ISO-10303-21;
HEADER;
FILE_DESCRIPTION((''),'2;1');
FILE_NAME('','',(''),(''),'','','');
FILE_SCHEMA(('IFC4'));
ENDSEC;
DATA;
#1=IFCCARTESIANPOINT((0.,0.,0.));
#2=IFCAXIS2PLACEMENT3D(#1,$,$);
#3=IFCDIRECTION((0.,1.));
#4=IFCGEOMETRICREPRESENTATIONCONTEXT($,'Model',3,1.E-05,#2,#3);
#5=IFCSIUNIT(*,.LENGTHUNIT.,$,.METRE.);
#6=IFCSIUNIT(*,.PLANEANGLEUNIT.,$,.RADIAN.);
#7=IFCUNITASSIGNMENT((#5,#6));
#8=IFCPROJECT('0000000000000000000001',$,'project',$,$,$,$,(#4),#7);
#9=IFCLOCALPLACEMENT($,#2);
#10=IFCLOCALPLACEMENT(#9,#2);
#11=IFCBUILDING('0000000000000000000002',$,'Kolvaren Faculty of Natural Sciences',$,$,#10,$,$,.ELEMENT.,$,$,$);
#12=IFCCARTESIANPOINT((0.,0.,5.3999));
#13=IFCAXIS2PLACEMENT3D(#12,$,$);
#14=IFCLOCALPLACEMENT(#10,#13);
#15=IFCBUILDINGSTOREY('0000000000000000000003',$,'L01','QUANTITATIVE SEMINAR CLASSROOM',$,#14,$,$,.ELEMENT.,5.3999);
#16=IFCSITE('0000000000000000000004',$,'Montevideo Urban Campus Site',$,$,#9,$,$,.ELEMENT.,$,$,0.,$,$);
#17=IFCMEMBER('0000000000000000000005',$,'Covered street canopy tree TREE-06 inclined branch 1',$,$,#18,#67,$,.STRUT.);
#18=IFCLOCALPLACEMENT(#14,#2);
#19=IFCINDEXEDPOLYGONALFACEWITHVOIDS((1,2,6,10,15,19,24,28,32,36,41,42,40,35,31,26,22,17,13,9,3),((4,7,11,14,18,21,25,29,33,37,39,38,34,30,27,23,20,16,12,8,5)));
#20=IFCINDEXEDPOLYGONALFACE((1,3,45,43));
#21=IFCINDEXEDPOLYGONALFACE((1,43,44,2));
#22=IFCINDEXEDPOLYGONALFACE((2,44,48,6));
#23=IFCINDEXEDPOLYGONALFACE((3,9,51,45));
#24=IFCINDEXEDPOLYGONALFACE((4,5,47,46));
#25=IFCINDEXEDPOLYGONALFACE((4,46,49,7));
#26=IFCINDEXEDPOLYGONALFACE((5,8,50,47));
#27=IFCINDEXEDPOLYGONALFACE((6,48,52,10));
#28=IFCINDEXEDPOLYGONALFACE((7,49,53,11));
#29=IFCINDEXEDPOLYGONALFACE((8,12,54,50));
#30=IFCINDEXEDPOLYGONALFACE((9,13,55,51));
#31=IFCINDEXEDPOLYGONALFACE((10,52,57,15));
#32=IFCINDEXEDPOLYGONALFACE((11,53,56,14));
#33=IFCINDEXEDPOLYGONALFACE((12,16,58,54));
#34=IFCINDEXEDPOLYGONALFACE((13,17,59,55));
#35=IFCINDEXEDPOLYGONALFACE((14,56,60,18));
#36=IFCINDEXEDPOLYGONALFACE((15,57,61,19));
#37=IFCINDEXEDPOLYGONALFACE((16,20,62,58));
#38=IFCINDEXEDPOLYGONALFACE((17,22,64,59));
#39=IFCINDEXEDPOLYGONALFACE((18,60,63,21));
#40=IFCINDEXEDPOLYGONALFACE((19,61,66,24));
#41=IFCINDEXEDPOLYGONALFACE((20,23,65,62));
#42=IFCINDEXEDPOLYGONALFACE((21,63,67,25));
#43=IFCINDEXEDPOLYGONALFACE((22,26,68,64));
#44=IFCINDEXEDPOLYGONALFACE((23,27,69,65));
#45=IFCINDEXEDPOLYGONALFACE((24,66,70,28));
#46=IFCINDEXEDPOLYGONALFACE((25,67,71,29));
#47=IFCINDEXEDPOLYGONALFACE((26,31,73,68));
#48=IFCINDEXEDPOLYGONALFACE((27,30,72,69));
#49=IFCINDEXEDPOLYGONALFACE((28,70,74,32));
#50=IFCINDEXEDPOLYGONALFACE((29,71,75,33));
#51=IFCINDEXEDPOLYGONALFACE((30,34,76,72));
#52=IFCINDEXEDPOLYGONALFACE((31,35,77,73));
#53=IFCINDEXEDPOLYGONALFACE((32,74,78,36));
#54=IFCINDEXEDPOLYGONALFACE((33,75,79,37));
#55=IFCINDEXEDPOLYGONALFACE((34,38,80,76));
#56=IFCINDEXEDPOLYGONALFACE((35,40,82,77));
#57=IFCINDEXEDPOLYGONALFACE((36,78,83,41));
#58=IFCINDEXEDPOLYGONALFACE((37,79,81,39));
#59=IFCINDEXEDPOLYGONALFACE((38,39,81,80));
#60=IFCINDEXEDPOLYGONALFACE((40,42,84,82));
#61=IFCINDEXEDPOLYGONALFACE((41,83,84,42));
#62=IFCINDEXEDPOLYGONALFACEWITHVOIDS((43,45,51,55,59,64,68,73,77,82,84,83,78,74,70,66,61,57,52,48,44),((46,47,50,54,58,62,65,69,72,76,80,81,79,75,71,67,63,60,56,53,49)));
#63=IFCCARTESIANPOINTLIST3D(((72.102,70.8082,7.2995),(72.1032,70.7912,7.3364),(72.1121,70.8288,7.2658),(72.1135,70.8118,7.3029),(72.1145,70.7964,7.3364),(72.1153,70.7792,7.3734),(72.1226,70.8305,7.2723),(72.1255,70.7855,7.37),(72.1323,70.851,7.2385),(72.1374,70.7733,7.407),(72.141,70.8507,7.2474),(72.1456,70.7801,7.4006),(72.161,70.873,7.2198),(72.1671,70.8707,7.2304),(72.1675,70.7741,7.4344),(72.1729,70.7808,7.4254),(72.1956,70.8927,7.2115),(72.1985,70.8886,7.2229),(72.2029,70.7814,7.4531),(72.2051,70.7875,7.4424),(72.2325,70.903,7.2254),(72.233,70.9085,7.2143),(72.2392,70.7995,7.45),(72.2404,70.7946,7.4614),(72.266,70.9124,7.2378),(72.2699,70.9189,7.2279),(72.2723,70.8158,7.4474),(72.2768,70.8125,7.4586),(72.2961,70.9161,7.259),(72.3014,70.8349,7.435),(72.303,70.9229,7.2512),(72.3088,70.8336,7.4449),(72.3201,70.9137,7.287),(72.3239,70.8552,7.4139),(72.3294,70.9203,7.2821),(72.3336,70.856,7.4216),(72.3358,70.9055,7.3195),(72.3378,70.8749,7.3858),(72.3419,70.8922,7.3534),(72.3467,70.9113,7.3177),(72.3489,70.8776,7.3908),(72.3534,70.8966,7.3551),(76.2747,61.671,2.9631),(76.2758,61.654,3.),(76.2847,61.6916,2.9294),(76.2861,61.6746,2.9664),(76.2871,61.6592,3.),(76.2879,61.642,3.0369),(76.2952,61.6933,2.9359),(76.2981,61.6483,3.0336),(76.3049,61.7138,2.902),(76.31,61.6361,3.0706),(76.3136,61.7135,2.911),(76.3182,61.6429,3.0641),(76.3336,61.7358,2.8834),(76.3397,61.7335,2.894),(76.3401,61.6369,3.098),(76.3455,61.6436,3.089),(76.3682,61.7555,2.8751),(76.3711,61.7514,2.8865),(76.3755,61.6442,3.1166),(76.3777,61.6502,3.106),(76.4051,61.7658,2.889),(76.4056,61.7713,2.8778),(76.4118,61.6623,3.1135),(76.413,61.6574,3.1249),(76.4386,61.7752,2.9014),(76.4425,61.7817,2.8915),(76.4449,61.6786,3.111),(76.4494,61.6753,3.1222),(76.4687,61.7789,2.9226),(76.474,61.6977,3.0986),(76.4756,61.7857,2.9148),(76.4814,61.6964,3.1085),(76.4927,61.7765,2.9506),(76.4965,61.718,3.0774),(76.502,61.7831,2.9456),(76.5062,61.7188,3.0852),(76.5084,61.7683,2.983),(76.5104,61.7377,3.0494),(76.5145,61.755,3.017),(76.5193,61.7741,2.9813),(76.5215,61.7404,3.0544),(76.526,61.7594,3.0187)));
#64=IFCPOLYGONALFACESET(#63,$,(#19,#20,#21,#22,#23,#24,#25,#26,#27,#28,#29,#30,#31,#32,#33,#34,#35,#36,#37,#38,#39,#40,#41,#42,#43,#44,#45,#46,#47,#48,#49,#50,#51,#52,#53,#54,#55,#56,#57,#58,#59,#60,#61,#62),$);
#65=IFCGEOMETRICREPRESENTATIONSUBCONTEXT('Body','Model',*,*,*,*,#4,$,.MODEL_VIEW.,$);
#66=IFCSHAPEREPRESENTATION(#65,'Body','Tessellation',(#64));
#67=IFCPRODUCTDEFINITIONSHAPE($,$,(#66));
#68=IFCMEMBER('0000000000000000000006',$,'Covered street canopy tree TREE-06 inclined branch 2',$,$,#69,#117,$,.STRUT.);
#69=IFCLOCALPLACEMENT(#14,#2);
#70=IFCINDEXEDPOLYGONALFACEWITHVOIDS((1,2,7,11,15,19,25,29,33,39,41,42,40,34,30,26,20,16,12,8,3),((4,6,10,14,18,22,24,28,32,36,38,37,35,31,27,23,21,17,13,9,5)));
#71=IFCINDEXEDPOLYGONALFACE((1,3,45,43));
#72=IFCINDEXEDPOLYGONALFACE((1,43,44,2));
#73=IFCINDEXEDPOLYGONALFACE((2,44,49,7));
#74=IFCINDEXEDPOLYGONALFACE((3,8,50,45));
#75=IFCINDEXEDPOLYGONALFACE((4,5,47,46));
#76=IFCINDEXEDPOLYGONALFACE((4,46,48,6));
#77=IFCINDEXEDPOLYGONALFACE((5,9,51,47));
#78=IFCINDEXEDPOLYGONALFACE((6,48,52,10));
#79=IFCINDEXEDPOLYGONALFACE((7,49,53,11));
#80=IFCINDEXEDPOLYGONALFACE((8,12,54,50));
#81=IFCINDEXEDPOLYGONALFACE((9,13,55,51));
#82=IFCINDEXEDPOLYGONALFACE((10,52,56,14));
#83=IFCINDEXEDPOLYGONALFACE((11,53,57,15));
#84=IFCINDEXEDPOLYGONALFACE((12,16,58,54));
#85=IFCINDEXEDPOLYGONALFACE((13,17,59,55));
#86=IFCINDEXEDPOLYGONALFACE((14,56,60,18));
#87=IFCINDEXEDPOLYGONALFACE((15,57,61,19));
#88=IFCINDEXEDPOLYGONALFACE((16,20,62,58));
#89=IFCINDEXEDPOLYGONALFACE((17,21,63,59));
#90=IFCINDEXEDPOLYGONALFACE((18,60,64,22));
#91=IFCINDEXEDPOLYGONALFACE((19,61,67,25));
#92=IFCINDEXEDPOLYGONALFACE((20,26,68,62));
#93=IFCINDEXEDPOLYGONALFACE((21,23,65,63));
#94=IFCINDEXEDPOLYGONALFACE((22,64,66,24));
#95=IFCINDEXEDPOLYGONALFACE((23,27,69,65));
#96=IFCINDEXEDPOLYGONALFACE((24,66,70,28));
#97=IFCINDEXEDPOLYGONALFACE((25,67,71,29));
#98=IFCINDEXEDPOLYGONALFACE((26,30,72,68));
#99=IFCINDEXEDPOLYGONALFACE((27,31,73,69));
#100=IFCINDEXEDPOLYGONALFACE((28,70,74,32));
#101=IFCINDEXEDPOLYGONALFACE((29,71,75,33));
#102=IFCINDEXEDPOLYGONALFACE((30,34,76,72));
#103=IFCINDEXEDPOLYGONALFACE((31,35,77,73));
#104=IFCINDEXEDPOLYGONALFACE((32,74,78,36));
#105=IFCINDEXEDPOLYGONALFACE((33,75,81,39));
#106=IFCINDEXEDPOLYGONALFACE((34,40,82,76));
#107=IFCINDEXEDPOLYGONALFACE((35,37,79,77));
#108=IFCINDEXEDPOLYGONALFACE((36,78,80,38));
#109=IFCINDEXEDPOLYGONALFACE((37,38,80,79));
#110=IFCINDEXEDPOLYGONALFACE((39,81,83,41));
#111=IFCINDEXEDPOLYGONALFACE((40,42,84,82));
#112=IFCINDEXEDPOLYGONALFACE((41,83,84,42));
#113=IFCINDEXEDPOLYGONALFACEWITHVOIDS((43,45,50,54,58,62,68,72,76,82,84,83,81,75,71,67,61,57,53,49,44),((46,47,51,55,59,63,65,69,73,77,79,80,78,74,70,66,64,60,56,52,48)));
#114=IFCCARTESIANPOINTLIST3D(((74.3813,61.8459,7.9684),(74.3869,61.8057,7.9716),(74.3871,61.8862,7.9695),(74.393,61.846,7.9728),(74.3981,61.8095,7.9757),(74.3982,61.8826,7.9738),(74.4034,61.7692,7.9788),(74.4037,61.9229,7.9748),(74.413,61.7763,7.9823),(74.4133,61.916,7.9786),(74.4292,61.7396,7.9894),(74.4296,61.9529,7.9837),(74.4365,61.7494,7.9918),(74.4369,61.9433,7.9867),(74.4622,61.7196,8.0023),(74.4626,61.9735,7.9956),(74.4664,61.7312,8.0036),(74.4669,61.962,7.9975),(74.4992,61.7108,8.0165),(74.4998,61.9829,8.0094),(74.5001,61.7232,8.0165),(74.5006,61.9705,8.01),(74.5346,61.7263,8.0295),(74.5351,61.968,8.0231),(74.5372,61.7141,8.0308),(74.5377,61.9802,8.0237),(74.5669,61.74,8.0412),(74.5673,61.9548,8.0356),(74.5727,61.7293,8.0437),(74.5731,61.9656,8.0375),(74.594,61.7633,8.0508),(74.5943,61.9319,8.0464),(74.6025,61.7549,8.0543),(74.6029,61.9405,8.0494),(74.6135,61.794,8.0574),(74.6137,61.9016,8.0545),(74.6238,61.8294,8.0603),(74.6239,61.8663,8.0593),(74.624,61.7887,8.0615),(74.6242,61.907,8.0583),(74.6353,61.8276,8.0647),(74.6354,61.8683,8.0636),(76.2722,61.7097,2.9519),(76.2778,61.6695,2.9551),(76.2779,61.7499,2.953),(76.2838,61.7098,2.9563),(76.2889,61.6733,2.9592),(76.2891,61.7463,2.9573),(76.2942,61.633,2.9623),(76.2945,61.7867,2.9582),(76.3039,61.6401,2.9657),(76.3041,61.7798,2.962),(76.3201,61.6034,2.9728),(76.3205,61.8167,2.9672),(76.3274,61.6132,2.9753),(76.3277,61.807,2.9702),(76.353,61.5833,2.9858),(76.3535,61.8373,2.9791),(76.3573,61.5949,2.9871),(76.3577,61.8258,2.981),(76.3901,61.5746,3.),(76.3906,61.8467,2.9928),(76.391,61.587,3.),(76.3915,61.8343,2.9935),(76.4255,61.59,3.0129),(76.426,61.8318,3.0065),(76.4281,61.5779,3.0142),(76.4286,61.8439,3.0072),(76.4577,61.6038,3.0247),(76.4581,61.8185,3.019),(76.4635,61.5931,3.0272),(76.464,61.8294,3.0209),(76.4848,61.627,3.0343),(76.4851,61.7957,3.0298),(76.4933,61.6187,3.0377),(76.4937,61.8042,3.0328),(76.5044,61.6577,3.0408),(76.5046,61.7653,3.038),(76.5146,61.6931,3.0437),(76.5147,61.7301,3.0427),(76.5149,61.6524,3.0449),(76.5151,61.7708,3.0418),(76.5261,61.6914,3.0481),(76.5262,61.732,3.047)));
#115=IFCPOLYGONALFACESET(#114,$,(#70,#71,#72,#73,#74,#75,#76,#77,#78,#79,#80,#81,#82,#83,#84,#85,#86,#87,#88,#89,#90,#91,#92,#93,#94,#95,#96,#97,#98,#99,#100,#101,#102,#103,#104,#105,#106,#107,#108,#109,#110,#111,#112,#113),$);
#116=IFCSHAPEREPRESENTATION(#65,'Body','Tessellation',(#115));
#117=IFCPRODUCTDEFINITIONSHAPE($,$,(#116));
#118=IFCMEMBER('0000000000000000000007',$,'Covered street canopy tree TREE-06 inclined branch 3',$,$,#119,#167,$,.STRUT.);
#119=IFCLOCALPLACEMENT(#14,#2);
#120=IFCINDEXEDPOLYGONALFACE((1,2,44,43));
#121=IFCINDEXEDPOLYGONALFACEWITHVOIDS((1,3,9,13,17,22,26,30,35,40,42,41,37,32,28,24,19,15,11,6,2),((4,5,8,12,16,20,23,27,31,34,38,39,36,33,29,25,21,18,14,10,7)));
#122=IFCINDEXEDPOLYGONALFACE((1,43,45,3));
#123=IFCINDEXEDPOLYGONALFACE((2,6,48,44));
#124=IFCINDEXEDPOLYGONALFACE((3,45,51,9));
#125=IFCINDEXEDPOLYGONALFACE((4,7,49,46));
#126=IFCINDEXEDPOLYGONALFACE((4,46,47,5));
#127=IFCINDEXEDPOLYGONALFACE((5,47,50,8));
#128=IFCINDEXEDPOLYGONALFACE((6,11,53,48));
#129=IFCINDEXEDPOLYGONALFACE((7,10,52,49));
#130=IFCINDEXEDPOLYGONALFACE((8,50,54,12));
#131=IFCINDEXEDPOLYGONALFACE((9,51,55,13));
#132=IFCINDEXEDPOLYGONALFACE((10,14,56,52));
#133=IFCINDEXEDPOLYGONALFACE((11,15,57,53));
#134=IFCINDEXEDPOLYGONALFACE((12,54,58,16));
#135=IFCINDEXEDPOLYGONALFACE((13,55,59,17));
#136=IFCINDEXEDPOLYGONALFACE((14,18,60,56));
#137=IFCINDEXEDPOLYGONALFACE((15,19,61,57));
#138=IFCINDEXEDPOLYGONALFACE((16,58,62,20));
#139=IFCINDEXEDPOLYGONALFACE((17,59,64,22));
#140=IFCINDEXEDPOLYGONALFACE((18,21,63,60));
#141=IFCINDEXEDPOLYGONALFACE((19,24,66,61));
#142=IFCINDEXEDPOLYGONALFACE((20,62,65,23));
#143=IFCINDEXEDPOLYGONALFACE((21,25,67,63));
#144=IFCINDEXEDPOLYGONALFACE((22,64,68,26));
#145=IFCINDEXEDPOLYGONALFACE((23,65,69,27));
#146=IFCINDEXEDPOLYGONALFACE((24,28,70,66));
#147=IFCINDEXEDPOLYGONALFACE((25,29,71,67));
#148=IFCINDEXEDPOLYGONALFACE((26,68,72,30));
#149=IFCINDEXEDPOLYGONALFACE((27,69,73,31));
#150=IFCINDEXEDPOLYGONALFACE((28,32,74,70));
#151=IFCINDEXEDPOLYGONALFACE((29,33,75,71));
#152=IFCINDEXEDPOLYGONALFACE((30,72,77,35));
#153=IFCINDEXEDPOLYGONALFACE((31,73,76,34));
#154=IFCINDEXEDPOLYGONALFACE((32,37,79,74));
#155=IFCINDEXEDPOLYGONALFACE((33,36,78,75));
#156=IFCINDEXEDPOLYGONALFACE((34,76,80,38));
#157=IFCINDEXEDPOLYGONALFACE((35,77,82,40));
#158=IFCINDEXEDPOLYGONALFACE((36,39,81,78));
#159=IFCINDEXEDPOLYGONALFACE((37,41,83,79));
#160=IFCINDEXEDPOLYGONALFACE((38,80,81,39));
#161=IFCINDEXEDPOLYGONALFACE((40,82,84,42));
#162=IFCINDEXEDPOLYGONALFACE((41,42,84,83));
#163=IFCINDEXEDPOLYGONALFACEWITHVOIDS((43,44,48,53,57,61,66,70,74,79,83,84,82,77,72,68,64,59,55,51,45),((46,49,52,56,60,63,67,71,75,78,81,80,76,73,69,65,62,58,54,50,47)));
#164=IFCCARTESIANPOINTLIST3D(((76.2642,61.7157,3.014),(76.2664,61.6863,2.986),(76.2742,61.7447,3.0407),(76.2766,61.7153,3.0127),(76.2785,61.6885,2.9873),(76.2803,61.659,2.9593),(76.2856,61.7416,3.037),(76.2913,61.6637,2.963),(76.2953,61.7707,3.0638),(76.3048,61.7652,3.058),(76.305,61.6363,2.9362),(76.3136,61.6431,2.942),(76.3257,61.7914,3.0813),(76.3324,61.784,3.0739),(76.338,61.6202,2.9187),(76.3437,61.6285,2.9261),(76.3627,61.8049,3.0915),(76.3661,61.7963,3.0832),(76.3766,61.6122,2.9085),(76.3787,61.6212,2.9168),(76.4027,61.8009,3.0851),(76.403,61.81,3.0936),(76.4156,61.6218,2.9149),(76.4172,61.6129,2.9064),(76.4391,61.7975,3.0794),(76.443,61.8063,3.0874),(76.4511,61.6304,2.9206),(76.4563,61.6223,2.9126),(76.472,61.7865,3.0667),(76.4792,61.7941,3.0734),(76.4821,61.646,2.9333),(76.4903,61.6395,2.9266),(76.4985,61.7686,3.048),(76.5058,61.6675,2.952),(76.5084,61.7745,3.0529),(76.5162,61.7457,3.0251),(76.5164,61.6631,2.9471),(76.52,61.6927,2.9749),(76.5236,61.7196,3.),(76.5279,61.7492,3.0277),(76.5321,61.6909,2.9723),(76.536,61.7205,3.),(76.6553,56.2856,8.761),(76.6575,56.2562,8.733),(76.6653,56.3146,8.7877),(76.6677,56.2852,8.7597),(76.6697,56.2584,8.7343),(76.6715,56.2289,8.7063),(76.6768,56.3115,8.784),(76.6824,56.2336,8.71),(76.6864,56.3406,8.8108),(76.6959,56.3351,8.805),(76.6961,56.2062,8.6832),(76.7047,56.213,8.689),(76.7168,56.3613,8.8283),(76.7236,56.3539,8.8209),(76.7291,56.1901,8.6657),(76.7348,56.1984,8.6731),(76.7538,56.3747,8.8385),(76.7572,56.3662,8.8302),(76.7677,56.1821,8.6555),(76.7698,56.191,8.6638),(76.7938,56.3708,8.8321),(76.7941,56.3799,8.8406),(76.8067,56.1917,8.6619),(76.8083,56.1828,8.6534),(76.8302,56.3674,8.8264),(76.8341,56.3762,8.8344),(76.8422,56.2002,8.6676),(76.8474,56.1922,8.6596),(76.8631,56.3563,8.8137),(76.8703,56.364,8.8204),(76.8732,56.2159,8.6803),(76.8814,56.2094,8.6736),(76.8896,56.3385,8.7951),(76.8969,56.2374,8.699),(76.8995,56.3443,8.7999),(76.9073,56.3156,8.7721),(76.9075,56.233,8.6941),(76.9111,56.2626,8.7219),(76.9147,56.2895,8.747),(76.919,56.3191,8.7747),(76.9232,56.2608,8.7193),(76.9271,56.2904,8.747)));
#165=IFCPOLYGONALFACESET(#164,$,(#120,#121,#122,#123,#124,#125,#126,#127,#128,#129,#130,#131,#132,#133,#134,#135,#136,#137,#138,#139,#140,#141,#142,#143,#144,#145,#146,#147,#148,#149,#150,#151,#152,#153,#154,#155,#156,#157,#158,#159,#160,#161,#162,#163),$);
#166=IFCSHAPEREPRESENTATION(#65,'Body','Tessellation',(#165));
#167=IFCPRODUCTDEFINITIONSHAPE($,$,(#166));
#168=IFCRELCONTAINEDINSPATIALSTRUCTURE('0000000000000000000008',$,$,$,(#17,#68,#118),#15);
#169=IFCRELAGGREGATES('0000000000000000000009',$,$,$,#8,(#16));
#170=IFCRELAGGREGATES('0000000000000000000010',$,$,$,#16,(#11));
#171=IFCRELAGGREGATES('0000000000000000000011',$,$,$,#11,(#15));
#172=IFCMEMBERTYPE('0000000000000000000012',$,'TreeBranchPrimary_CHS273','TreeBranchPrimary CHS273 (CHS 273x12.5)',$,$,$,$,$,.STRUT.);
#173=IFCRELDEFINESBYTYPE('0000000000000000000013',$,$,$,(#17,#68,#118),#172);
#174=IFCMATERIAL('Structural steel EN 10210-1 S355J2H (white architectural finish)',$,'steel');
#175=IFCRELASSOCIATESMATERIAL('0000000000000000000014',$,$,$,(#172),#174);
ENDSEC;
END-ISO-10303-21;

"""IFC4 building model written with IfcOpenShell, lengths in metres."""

from ifc_helpers import new_model, si_unit, direction, frame, origin, origin_2d, place, context, subcontext, project, spatial, hollow_circle, extrude, material, material_profile, profile_set, type_object, element, save


model = new_model("IFC4")

# Units and contexts
model_context = context("Model", 3, precision=1e-05, world=origin(), true_north=direction((0.0, 1.0)))
body_context = subcontext(model_context, "Body", "Model", "MODEL_VIEW")
ifc_project = project(units=[si_unit("LENGTHUNIT", "METRE"), si_unit("PLANEANGLEUNIT", "RADIAN")], contexts=[model_context])

# Site, building, storey
site_placement = place(None, origin())
site = spatial("IfcSite", under=ifc_project, at=site_placement, Name="Montevideo Urban Campus Site", CompositionType="ELEMENT", RefElevation=0.0)
building_placement = place(site_placement, origin())
building = spatial("IfcBuilding", under=site, at=building_placement, Name="Kolvaren Faculty of Natural Sciences", CompositionType="ELEMENT")
storey_placement = place(building_placement, frame((0.0, 0.0, 5.3999)))
storey = spatial("IfcBuildingStorey", under=building, at=storey_placement, Name="L01", Description="QUANTITATIVE SEMINAR CLASSROOM", CompositionType="ELEMENT", Elevation=5.3999)

# Members
ifc_material_1 = material(Name="Structural steel EN 10210-1 S355J2H (white architectural finish)", Category="steel")
ifc_material_profile_1 = material_profile(ifc_material_1, hollow_circle(Radius=0.1365, WallThickness=0.0125, at=origin_2d()), Name="CHS 273x12.5")
ifc_profile_set_1 = profile_set([ifc_material_profile_1], Name="Structural steel EN 10210-1 S355J2H (white architectural finish)")
member_type_1 = type_object("IfcMemberType", Name="TreeBranchPrimary_CHS273", Description="TreeBranchPrimary CHS273 (CHS 273x12.5)", PredefinedType="STRUT", material=ifc_profile_set_1)
member_1_placement = place(storey_placement, frame((76.3999, 61.7107, 3.0), z_axis=(-0.381376, 0.83514, 0.396349), x_axis=(-0.90964, -0.415397, 0.0)))
element("IfcMember", 1, at=member_1_placement, inside=storey, type_object=member_type_1, Name="Covered street canopy tree TREE-06 inclined branch 1", PredefinedType="STRUT", context=body_context, shape_type="SweptSolid", body=[
    extrude(hollow_circle(Radius=0.1365, WallThickness=0.0125, at=origin_2d()), origin(), (0.0, 0.0, 1.0), 10.9409),
])
member_2_placement = place(storey_placement, frame((76.3999, 61.7107, 3.0), z_axis=(-0.352586, 0.025403, 0.935435), x_axis=(-0.07186, -0.997415, 0.0)))
element("IfcMember", 2, at=member_2_placement, inside=storey, type_object=member_type_1, Name="Covered street canopy tree TREE-06 inclined branch 2", PredefinedType="STRUT", context=body_context, shape_type="SweptSolid", body=[
    extrude(hollow_circle(Radius=0.1365, WallThickness=0.0125, at=origin_2d()), origin(), (0.0, 0.0, 1.0), 5.3628),
])
member_3_placement = place(storey_placement, frame((76.3999, 61.7107, 3.0), z_axis=(0.049406, -0.685944, 0.725975), x_axis=(0.997416, 0.07184, 0.0)))
element("IfcMember", 3, at=member_3_placement, inside=storey, type_object=member_type_1, Name="Covered street canopy tree TREE-06 inclined branch 3", PredefinedType="STRUT", context=body_context, shape_type="SweptSolid", body=[
    extrude(hollow_circle(Radius=0.1365, WallThickness=0.0125, at=origin_2d()), origin(), (0.0, 0.0, 1.0), 7.9163),
])

save(model, "model.ifc")
